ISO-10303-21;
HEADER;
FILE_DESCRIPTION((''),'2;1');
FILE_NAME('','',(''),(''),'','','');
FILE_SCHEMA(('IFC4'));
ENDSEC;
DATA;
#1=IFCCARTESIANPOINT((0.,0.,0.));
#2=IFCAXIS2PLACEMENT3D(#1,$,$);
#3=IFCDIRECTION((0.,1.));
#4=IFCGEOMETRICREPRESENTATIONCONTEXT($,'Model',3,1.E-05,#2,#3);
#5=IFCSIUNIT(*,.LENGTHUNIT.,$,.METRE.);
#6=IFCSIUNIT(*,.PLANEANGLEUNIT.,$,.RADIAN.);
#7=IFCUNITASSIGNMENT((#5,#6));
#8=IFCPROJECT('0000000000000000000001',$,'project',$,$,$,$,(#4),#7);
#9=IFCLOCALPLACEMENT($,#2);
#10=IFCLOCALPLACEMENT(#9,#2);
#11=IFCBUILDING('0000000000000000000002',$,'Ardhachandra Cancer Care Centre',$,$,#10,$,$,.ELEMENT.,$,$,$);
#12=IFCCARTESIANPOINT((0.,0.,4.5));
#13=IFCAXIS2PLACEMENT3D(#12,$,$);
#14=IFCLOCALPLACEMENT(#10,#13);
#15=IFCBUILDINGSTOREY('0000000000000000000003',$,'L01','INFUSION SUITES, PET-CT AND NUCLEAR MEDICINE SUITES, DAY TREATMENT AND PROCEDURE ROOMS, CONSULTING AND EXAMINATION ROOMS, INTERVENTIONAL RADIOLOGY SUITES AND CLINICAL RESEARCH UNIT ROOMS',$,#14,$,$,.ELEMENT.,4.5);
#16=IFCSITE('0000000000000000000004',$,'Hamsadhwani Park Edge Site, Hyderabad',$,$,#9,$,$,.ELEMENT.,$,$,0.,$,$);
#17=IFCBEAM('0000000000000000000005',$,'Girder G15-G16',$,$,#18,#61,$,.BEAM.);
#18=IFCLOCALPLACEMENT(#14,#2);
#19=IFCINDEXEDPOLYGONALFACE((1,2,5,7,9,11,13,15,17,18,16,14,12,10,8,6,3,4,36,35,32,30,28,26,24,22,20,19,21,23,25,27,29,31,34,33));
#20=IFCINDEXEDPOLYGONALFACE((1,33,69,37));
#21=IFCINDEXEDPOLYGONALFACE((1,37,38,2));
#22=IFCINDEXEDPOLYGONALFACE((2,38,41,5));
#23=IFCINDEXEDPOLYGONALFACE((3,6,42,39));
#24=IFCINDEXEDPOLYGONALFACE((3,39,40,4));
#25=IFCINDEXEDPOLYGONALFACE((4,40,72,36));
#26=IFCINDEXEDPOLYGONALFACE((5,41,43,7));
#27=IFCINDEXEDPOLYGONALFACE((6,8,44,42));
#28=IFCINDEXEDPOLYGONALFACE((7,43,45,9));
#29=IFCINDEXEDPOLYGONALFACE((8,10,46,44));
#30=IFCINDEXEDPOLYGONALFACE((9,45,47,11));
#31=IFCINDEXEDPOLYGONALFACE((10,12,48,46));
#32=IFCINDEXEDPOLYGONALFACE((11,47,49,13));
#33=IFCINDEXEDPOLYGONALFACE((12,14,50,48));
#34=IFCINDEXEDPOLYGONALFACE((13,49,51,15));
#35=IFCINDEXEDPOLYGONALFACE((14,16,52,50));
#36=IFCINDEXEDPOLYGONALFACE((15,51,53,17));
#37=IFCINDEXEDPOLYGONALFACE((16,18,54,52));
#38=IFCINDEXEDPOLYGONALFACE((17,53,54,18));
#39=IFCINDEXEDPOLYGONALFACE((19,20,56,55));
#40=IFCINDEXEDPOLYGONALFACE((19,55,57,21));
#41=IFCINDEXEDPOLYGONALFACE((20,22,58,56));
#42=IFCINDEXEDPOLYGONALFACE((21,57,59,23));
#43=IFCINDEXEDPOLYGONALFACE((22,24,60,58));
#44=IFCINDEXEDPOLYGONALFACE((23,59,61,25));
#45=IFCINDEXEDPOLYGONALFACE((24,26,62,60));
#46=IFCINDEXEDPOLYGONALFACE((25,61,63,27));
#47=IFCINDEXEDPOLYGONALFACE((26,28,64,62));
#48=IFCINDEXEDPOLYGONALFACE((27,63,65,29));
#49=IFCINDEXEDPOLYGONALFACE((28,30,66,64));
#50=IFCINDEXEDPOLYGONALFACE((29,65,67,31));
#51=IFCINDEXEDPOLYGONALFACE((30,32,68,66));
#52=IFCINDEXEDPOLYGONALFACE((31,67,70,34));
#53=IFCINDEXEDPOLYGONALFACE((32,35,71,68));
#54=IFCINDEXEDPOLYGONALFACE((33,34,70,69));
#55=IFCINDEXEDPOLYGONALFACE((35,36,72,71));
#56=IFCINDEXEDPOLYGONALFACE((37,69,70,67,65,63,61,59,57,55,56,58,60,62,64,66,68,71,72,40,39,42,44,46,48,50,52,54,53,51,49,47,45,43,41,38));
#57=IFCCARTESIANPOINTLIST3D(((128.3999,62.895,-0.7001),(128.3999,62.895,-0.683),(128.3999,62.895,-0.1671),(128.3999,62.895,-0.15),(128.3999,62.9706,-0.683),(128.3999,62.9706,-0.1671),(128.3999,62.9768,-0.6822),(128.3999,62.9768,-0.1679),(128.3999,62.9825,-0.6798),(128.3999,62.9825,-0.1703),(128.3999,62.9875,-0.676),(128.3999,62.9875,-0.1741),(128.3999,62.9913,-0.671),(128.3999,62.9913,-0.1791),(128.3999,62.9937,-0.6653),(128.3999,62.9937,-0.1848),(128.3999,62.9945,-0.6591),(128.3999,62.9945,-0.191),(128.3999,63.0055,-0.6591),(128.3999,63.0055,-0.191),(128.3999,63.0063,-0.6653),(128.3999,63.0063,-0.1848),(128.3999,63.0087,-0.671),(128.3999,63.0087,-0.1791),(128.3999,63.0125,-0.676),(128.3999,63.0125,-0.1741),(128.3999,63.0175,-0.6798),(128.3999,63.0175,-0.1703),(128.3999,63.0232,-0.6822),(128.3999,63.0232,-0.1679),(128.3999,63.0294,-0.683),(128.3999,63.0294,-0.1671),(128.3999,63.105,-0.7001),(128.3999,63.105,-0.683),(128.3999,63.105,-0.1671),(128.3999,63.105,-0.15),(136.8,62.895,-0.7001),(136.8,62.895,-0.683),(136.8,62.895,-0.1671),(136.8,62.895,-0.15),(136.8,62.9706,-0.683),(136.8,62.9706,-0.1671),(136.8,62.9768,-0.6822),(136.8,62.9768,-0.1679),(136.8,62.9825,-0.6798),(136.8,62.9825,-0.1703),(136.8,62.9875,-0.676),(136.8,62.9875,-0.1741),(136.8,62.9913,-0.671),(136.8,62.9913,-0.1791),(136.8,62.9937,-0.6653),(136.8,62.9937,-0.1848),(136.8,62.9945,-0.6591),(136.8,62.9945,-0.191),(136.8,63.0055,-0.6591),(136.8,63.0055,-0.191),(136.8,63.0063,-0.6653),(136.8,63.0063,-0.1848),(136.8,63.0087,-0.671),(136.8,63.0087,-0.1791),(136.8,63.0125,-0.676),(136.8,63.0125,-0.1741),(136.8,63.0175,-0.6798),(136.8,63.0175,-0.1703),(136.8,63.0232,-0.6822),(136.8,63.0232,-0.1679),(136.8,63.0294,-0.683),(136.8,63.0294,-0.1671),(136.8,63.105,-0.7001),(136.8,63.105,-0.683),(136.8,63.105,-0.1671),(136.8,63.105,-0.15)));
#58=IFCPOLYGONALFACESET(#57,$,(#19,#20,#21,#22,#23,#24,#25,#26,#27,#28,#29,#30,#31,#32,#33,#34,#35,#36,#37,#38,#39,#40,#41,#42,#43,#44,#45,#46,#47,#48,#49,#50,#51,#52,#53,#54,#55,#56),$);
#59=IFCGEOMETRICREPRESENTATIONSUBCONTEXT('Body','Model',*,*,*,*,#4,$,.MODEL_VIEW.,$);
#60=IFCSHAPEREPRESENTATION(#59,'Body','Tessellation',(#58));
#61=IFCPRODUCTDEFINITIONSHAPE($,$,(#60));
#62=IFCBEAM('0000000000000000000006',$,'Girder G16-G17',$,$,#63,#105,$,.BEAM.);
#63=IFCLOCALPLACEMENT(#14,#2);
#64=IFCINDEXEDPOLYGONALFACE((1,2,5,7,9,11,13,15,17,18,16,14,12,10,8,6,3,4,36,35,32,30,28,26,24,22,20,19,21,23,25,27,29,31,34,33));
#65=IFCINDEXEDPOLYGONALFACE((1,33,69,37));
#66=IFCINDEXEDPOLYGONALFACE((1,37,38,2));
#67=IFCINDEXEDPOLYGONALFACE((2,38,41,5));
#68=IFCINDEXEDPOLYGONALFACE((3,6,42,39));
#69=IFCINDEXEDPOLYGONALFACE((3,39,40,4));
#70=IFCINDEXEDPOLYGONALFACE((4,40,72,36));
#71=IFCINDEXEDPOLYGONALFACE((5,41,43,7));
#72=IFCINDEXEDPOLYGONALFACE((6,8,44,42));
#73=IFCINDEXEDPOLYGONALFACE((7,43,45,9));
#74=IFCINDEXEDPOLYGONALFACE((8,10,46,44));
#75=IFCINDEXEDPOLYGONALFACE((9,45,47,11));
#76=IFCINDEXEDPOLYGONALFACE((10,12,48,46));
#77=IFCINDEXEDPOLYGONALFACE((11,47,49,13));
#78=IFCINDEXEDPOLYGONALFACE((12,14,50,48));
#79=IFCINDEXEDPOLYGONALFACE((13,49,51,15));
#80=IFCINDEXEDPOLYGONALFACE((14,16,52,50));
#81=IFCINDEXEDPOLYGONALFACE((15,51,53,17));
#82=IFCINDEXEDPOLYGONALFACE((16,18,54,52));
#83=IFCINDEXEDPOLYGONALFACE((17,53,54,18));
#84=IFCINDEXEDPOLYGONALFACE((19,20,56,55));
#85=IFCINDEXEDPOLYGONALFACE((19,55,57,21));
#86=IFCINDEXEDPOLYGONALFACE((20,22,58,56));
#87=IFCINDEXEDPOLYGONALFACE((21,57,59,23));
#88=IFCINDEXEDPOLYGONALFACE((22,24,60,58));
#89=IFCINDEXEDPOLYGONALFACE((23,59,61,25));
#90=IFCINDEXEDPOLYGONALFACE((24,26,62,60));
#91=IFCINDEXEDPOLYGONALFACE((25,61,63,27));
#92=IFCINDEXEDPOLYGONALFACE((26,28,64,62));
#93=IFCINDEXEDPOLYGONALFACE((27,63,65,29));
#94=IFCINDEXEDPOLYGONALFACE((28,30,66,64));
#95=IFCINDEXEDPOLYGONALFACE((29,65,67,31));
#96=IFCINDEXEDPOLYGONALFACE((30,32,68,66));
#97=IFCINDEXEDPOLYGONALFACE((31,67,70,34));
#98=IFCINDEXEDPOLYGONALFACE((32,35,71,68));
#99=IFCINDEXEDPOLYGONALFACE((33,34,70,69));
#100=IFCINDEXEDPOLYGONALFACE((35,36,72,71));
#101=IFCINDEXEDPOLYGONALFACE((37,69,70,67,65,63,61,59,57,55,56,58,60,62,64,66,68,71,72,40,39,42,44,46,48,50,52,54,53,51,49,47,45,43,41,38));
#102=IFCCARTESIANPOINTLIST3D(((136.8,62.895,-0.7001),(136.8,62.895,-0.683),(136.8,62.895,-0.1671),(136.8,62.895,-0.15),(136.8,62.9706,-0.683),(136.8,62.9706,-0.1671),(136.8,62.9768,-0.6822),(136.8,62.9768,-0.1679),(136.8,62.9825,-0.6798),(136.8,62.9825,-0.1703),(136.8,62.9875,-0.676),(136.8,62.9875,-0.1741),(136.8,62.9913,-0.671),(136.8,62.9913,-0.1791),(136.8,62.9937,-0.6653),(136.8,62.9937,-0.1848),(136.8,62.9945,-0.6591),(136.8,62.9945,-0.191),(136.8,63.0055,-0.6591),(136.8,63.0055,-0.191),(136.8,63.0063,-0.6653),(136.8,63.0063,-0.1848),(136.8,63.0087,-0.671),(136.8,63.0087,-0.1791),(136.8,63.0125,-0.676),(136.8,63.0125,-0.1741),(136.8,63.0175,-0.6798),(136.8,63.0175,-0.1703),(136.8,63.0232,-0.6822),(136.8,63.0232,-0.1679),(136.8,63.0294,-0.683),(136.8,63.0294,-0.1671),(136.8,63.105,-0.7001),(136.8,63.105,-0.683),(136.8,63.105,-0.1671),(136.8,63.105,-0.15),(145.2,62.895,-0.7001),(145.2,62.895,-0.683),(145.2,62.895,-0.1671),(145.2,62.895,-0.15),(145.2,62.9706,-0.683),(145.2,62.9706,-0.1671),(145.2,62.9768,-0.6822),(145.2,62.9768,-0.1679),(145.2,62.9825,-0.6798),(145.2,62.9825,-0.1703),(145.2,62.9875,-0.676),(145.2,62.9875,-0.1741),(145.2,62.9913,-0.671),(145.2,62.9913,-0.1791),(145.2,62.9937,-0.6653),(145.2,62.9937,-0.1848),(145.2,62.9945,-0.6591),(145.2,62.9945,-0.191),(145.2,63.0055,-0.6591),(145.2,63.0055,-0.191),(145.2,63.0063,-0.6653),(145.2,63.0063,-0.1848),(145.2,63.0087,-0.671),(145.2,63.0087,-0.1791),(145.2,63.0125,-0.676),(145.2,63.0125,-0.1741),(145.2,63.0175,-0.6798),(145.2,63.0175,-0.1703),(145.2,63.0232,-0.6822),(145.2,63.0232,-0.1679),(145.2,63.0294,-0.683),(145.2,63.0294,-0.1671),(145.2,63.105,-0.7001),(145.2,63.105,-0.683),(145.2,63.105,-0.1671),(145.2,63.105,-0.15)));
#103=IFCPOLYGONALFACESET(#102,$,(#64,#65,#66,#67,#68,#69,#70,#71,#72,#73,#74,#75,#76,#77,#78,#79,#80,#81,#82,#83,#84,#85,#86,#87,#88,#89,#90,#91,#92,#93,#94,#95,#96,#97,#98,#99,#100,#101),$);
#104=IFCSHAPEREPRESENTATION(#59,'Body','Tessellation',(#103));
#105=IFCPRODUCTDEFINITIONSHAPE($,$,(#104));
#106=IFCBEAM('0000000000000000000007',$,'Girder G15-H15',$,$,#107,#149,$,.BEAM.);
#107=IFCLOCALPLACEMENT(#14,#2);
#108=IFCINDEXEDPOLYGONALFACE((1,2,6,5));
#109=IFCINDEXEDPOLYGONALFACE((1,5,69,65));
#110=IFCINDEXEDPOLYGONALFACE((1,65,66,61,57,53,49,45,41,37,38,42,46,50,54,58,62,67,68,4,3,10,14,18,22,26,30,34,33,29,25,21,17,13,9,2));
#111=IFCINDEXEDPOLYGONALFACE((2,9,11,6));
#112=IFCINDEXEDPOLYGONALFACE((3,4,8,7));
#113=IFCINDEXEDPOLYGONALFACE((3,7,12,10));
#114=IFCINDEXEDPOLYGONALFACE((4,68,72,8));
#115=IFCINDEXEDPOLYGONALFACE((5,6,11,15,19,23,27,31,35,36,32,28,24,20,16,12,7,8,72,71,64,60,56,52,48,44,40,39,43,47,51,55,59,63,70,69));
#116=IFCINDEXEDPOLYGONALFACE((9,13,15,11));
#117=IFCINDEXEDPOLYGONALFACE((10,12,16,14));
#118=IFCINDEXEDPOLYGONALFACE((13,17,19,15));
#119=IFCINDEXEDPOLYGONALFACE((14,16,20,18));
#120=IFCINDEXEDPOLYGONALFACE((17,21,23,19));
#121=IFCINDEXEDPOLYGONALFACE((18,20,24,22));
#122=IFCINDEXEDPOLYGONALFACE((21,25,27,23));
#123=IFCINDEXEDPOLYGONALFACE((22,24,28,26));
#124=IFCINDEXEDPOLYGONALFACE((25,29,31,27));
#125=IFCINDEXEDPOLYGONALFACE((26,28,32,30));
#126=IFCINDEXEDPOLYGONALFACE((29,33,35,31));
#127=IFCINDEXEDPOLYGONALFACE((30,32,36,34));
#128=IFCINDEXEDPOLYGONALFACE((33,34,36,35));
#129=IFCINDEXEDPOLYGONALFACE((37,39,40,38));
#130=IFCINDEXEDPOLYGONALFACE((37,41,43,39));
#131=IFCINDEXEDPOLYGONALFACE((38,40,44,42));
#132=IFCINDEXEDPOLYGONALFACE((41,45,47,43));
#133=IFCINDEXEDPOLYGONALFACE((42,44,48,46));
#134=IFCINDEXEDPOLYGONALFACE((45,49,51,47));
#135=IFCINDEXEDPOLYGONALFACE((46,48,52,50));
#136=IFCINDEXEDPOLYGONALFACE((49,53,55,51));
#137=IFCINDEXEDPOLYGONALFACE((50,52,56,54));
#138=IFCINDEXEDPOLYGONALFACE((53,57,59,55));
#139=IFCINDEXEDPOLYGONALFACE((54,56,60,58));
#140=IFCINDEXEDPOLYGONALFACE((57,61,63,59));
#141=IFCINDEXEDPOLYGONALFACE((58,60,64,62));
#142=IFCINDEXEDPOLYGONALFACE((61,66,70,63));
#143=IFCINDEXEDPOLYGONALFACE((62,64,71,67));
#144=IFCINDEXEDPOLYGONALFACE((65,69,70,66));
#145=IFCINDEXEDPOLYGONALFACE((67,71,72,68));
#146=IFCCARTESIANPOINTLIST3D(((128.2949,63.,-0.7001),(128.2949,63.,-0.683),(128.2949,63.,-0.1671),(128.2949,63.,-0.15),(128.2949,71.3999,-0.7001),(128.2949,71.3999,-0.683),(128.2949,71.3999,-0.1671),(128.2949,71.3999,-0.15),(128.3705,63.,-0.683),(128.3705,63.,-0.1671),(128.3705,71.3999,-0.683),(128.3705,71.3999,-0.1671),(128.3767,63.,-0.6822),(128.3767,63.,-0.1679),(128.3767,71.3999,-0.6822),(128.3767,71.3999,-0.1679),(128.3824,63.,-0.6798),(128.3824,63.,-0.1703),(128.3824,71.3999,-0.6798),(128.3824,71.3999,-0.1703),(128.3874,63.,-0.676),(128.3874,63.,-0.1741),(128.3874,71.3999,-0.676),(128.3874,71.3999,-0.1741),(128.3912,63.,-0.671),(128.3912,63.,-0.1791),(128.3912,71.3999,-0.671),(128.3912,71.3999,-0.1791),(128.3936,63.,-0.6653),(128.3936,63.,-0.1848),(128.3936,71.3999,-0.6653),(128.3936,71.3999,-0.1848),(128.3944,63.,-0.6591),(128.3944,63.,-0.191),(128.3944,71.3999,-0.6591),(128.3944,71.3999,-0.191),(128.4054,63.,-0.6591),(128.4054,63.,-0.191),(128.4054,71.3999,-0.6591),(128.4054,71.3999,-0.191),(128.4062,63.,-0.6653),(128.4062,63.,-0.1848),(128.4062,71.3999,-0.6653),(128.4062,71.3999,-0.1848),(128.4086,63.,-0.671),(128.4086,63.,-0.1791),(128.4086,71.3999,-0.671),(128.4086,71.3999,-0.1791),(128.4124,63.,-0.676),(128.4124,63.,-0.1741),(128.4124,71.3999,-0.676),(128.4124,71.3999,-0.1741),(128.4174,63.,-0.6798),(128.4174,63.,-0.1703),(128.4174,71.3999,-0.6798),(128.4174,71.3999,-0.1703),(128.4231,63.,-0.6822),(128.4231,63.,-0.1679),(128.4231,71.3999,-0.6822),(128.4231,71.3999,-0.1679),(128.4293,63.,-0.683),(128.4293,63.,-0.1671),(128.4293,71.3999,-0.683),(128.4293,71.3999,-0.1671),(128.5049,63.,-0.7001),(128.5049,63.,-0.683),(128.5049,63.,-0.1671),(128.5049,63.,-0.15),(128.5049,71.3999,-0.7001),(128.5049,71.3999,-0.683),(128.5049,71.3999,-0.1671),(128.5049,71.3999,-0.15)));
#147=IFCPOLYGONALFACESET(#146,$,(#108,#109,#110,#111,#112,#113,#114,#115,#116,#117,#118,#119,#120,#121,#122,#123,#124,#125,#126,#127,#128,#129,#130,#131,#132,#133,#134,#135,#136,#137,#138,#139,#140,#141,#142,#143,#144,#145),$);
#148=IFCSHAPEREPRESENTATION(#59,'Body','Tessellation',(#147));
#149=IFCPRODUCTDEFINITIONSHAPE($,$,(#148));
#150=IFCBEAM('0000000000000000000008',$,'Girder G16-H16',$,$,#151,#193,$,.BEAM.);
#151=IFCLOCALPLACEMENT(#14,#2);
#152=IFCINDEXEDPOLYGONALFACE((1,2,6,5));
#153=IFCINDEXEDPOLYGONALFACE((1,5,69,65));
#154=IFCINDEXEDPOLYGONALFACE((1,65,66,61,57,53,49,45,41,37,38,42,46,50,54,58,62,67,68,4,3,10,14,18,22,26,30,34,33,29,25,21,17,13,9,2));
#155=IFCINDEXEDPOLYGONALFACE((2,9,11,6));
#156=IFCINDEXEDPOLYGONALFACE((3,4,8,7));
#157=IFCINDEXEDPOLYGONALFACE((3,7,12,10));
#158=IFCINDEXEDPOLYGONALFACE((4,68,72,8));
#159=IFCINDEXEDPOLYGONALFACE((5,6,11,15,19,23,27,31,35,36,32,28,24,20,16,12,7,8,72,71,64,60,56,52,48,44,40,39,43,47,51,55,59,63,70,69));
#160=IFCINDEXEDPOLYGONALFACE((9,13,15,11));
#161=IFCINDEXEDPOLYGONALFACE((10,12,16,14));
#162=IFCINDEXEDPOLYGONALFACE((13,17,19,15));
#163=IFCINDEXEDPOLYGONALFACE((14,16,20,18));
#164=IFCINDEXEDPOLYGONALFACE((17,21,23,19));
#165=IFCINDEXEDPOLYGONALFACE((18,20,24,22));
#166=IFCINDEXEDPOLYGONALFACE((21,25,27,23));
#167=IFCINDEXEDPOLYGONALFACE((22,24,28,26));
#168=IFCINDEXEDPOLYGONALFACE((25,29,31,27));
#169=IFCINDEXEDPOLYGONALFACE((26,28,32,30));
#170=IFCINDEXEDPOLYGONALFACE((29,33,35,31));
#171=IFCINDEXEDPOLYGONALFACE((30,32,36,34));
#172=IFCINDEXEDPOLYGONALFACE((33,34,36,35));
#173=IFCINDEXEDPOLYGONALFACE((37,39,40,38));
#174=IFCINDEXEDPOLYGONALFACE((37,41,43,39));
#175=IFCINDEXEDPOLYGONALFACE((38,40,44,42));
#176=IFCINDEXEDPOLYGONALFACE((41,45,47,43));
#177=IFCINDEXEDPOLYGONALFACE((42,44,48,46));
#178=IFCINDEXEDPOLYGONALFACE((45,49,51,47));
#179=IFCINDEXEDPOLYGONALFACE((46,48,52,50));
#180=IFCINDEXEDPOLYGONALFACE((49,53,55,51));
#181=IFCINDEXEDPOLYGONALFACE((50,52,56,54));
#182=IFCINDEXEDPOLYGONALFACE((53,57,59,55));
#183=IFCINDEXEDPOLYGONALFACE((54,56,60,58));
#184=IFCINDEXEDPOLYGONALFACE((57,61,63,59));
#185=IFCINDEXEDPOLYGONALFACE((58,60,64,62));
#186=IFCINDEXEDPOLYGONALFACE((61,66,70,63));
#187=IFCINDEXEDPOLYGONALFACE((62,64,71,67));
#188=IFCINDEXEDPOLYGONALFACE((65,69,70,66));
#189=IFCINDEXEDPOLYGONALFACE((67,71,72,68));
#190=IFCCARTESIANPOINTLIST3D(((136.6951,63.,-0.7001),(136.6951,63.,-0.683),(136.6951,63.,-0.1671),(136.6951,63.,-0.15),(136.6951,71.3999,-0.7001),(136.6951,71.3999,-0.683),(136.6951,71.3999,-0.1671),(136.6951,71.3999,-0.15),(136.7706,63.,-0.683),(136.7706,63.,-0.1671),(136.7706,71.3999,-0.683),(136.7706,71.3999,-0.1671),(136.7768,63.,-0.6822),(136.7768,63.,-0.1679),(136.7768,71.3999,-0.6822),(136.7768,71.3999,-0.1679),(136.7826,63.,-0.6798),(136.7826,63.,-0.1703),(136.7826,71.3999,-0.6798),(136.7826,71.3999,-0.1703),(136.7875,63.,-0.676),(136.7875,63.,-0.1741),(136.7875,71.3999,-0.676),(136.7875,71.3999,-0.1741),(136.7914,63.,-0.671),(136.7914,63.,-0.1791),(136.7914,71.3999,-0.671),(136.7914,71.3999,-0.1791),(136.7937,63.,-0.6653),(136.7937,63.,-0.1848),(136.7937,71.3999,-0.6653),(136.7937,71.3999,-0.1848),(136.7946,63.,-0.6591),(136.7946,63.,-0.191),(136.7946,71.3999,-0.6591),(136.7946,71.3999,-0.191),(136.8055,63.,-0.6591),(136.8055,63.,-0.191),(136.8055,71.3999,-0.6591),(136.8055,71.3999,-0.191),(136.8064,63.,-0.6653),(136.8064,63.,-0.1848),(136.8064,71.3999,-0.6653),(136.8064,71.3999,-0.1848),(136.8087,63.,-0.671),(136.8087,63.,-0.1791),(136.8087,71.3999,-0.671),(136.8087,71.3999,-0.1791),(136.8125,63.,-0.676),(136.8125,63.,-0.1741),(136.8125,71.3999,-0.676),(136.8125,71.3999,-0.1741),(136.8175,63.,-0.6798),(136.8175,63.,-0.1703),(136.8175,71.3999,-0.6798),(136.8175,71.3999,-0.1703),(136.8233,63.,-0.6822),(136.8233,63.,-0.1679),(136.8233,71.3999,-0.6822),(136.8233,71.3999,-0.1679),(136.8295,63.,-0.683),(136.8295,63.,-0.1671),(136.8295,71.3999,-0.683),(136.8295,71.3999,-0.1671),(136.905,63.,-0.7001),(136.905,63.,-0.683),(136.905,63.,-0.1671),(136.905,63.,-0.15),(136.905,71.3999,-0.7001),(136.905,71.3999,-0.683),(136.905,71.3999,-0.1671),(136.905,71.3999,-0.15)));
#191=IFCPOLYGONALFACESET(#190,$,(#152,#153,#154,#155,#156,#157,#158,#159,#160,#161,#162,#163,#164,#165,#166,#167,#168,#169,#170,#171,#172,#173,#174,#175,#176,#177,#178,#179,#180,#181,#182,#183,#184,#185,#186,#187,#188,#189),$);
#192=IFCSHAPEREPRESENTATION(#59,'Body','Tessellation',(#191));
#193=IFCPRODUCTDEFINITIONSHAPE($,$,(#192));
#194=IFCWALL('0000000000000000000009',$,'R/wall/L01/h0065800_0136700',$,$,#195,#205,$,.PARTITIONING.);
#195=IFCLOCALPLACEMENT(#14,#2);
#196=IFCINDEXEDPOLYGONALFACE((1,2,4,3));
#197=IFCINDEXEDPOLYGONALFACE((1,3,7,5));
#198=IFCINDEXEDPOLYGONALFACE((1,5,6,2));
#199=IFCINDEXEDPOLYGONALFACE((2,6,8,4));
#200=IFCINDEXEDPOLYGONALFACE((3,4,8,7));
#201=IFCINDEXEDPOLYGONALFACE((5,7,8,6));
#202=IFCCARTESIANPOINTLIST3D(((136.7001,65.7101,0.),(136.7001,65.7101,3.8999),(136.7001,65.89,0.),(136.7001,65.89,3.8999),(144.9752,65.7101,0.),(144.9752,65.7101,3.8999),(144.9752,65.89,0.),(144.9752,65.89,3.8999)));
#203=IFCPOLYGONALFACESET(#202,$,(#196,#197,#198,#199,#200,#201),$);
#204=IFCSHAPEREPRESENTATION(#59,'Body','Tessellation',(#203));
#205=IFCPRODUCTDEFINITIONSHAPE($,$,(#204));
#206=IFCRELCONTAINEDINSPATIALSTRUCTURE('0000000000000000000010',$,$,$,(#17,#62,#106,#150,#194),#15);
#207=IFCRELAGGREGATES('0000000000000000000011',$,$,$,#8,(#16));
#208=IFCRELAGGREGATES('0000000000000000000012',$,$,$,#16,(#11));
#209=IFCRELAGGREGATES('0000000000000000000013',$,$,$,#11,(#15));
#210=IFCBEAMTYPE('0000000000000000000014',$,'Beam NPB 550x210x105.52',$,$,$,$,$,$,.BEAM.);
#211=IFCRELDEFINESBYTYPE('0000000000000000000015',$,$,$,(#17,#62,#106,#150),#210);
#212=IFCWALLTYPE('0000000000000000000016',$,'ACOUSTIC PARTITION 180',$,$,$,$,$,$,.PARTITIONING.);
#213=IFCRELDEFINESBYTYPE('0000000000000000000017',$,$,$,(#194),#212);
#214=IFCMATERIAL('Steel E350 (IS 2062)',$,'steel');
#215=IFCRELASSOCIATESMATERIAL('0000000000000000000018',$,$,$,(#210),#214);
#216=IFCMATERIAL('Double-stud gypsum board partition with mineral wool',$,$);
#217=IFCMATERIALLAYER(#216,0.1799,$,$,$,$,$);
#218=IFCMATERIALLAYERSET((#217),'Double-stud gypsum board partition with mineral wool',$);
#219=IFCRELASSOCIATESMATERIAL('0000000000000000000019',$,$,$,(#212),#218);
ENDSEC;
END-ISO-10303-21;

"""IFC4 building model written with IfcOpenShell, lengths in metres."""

from ifc_helpers import new_model, si_unit, direction, frame, frame_2d, origin, origin_2d, place, context, subcontext, project, spatial, rectangle, i_section, extrude, material, layer, layer_set, material_profile, profile_set, type_object, element, save


model = new_model("IFC4")

# Units and contexts
model_context = context("Model", 3, precision=1e-05, world=origin(), true_north=direction((0.0, 1.0)))
body_context = subcontext(model_context, "Body", "Model", "MODEL_VIEW")
ifc_project = project(units=[si_unit("LENGTHUNIT", "METRE"), si_unit("PLANEANGLEUNIT", "RADIAN")], contexts=[model_context])

# Site, building, storey
site_placement = place(None, origin())
site = spatial("IfcSite", under=ifc_project, at=site_placement, Name="Hamsadhwani Park Edge Site, Hyderabad", CompositionType="ELEMENT", RefElevation=0.0)
building_placement = place(site_placement, origin())
building = spatial("IfcBuilding", under=site, at=building_placement, Name="Ardhachandra Cancer Care Centre", CompositionType="ELEMENT")
storey_placement = place(building_placement, frame((0.0, 0.0, 4.5)))
storey = spatial("IfcBuildingStorey", under=building, at=storey_placement, Name="L01", Description="INFUSION SUITES, PET-CT AND NUCLEAR MEDICINE SUITES, DAY TREATMENT AND PROCEDURE ROOMS, CONSULTING AND EXAMINATION ROOMS, INTERVENTIONAL RADIOLOGY SUITES AND CLINICAL RESEARCH UNIT ROOMS", CompositionType="ELEMENT", Elevation=4.5)

# Beams
ifc_material_1 = material(Name="Steel E350 (IS 2062)", Category="steel")
ifc_material_profile_1 = material_profile(ifc_material_1, i_section(OverallWidth=0.21, OverallDepth=0.55, WebThickness=0.011, FlangeThickness=0.0171, FilletRadius=0.0239, at=origin_2d()), Name="NPB 550x210x105.52")
ifc_profile_set_1 = profile_set([ifc_material_profile_1], Name="Steel E350 (IS 2062)")
beam_type_1 = type_object("IfcBeamType", Name="Beam NPB 550x210x105.52", PredefinedType="BEAM", material=ifc_profile_set_1)
beam_placement = place(storey_placement, frame((128.3999, 63.0, -0.425), z_axis=(1.0, 0.0, 0.0), x_axis=(0.0, 1.0, 0.0)))
element("IfcBeam", 1, at=beam_placement, inside=storey, type_object=beam_type_1, Name="Girder G15-G16", PredefinedType="BEAM", context=body_context, shape_type="SweptSolid", body=[
    extrude(i_section(OverallWidth=0.21, OverallDepth=0.55, WebThickness=0.011, FlangeThickness=0.0171, FilletRadius=0.0239, at=origin_2d()), origin(), (0.0, 0.0, 1.0), 8.4001),
])
for number, where, z_axis, x_axis, name in (
    (2, (136.8, 63.0, -0.425), (1.0, 0.0, 0.0), (0.0, 1.0, 0.0), "Girder G16-G17"),
    (3, (128.3999, 63.0, -0.425), (0.0, 1.0, 0.0), (-1.0, 0.0, 0.0), "Girder G15-H15"),
    (4, (136.8, 63.0, -0.425), (0.0, 1.0, 0.0), (-1.0, 0.0, 0.0), "Girder G16-H16"),
):
    element("IfcBeam", number, at=place(storey_placement, frame(where, z_axis=z_axis, x_axis=x_axis)), inside=storey, type_object=beam_type_1, Name=name, PredefinedType="BEAM", context=body_context, shape_type="SweptSolid", body=[
        extrude(i_section(OverallWidth=0.21, OverallDepth=0.55, WebThickness=0.011, FlangeThickness=0.0171, FilletRadius=0.0239, at=origin_2d()), origin(), (0.0, 0.0, 1.0), 8.3999),
    ])

# Wall
ifc_material_2 = material(Name="Double-stud gypsum board partition with mineral wool")
ifc_layer_1 = layer(ifc_material_2, 0.1799)
ifc_layer_set_1 = layer_set([ifc_layer_1], Name="Double-stud gypsum board partition with mineral wool")
wall_type_1 = type_object("IfcWallType", Name="ACOUSTIC PARTITION 180", PredefinedType="PARTITIONING", material=ifc_layer_set_1)
for number, where, z_axis, x_axis, name in (
    (5, (136.7, 65.8, 0.0), (0.0, 0.0, 1.0), (1.0, 0.0, 0.0), "R/wall/L01/h0065800_0136700"),
):
    element("IfcWall", number, at=place(storey_placement, frame(where, z_axis=z_axis, x_axis=x_axis)), inside=storey, type_object=wall_type_1, Name=name, PredefinedType="PARTITIONING", context=body_context, shape_type="SweptSolid", body=[
        extrude(rectangle(XDim=8.2751, YDim=0.1799, at=frame_2d((4.1377, 0.0))), origin(), (0.0, 0.0, 1.0), 3.8999),
    ])

save(model, "model.ifc")
